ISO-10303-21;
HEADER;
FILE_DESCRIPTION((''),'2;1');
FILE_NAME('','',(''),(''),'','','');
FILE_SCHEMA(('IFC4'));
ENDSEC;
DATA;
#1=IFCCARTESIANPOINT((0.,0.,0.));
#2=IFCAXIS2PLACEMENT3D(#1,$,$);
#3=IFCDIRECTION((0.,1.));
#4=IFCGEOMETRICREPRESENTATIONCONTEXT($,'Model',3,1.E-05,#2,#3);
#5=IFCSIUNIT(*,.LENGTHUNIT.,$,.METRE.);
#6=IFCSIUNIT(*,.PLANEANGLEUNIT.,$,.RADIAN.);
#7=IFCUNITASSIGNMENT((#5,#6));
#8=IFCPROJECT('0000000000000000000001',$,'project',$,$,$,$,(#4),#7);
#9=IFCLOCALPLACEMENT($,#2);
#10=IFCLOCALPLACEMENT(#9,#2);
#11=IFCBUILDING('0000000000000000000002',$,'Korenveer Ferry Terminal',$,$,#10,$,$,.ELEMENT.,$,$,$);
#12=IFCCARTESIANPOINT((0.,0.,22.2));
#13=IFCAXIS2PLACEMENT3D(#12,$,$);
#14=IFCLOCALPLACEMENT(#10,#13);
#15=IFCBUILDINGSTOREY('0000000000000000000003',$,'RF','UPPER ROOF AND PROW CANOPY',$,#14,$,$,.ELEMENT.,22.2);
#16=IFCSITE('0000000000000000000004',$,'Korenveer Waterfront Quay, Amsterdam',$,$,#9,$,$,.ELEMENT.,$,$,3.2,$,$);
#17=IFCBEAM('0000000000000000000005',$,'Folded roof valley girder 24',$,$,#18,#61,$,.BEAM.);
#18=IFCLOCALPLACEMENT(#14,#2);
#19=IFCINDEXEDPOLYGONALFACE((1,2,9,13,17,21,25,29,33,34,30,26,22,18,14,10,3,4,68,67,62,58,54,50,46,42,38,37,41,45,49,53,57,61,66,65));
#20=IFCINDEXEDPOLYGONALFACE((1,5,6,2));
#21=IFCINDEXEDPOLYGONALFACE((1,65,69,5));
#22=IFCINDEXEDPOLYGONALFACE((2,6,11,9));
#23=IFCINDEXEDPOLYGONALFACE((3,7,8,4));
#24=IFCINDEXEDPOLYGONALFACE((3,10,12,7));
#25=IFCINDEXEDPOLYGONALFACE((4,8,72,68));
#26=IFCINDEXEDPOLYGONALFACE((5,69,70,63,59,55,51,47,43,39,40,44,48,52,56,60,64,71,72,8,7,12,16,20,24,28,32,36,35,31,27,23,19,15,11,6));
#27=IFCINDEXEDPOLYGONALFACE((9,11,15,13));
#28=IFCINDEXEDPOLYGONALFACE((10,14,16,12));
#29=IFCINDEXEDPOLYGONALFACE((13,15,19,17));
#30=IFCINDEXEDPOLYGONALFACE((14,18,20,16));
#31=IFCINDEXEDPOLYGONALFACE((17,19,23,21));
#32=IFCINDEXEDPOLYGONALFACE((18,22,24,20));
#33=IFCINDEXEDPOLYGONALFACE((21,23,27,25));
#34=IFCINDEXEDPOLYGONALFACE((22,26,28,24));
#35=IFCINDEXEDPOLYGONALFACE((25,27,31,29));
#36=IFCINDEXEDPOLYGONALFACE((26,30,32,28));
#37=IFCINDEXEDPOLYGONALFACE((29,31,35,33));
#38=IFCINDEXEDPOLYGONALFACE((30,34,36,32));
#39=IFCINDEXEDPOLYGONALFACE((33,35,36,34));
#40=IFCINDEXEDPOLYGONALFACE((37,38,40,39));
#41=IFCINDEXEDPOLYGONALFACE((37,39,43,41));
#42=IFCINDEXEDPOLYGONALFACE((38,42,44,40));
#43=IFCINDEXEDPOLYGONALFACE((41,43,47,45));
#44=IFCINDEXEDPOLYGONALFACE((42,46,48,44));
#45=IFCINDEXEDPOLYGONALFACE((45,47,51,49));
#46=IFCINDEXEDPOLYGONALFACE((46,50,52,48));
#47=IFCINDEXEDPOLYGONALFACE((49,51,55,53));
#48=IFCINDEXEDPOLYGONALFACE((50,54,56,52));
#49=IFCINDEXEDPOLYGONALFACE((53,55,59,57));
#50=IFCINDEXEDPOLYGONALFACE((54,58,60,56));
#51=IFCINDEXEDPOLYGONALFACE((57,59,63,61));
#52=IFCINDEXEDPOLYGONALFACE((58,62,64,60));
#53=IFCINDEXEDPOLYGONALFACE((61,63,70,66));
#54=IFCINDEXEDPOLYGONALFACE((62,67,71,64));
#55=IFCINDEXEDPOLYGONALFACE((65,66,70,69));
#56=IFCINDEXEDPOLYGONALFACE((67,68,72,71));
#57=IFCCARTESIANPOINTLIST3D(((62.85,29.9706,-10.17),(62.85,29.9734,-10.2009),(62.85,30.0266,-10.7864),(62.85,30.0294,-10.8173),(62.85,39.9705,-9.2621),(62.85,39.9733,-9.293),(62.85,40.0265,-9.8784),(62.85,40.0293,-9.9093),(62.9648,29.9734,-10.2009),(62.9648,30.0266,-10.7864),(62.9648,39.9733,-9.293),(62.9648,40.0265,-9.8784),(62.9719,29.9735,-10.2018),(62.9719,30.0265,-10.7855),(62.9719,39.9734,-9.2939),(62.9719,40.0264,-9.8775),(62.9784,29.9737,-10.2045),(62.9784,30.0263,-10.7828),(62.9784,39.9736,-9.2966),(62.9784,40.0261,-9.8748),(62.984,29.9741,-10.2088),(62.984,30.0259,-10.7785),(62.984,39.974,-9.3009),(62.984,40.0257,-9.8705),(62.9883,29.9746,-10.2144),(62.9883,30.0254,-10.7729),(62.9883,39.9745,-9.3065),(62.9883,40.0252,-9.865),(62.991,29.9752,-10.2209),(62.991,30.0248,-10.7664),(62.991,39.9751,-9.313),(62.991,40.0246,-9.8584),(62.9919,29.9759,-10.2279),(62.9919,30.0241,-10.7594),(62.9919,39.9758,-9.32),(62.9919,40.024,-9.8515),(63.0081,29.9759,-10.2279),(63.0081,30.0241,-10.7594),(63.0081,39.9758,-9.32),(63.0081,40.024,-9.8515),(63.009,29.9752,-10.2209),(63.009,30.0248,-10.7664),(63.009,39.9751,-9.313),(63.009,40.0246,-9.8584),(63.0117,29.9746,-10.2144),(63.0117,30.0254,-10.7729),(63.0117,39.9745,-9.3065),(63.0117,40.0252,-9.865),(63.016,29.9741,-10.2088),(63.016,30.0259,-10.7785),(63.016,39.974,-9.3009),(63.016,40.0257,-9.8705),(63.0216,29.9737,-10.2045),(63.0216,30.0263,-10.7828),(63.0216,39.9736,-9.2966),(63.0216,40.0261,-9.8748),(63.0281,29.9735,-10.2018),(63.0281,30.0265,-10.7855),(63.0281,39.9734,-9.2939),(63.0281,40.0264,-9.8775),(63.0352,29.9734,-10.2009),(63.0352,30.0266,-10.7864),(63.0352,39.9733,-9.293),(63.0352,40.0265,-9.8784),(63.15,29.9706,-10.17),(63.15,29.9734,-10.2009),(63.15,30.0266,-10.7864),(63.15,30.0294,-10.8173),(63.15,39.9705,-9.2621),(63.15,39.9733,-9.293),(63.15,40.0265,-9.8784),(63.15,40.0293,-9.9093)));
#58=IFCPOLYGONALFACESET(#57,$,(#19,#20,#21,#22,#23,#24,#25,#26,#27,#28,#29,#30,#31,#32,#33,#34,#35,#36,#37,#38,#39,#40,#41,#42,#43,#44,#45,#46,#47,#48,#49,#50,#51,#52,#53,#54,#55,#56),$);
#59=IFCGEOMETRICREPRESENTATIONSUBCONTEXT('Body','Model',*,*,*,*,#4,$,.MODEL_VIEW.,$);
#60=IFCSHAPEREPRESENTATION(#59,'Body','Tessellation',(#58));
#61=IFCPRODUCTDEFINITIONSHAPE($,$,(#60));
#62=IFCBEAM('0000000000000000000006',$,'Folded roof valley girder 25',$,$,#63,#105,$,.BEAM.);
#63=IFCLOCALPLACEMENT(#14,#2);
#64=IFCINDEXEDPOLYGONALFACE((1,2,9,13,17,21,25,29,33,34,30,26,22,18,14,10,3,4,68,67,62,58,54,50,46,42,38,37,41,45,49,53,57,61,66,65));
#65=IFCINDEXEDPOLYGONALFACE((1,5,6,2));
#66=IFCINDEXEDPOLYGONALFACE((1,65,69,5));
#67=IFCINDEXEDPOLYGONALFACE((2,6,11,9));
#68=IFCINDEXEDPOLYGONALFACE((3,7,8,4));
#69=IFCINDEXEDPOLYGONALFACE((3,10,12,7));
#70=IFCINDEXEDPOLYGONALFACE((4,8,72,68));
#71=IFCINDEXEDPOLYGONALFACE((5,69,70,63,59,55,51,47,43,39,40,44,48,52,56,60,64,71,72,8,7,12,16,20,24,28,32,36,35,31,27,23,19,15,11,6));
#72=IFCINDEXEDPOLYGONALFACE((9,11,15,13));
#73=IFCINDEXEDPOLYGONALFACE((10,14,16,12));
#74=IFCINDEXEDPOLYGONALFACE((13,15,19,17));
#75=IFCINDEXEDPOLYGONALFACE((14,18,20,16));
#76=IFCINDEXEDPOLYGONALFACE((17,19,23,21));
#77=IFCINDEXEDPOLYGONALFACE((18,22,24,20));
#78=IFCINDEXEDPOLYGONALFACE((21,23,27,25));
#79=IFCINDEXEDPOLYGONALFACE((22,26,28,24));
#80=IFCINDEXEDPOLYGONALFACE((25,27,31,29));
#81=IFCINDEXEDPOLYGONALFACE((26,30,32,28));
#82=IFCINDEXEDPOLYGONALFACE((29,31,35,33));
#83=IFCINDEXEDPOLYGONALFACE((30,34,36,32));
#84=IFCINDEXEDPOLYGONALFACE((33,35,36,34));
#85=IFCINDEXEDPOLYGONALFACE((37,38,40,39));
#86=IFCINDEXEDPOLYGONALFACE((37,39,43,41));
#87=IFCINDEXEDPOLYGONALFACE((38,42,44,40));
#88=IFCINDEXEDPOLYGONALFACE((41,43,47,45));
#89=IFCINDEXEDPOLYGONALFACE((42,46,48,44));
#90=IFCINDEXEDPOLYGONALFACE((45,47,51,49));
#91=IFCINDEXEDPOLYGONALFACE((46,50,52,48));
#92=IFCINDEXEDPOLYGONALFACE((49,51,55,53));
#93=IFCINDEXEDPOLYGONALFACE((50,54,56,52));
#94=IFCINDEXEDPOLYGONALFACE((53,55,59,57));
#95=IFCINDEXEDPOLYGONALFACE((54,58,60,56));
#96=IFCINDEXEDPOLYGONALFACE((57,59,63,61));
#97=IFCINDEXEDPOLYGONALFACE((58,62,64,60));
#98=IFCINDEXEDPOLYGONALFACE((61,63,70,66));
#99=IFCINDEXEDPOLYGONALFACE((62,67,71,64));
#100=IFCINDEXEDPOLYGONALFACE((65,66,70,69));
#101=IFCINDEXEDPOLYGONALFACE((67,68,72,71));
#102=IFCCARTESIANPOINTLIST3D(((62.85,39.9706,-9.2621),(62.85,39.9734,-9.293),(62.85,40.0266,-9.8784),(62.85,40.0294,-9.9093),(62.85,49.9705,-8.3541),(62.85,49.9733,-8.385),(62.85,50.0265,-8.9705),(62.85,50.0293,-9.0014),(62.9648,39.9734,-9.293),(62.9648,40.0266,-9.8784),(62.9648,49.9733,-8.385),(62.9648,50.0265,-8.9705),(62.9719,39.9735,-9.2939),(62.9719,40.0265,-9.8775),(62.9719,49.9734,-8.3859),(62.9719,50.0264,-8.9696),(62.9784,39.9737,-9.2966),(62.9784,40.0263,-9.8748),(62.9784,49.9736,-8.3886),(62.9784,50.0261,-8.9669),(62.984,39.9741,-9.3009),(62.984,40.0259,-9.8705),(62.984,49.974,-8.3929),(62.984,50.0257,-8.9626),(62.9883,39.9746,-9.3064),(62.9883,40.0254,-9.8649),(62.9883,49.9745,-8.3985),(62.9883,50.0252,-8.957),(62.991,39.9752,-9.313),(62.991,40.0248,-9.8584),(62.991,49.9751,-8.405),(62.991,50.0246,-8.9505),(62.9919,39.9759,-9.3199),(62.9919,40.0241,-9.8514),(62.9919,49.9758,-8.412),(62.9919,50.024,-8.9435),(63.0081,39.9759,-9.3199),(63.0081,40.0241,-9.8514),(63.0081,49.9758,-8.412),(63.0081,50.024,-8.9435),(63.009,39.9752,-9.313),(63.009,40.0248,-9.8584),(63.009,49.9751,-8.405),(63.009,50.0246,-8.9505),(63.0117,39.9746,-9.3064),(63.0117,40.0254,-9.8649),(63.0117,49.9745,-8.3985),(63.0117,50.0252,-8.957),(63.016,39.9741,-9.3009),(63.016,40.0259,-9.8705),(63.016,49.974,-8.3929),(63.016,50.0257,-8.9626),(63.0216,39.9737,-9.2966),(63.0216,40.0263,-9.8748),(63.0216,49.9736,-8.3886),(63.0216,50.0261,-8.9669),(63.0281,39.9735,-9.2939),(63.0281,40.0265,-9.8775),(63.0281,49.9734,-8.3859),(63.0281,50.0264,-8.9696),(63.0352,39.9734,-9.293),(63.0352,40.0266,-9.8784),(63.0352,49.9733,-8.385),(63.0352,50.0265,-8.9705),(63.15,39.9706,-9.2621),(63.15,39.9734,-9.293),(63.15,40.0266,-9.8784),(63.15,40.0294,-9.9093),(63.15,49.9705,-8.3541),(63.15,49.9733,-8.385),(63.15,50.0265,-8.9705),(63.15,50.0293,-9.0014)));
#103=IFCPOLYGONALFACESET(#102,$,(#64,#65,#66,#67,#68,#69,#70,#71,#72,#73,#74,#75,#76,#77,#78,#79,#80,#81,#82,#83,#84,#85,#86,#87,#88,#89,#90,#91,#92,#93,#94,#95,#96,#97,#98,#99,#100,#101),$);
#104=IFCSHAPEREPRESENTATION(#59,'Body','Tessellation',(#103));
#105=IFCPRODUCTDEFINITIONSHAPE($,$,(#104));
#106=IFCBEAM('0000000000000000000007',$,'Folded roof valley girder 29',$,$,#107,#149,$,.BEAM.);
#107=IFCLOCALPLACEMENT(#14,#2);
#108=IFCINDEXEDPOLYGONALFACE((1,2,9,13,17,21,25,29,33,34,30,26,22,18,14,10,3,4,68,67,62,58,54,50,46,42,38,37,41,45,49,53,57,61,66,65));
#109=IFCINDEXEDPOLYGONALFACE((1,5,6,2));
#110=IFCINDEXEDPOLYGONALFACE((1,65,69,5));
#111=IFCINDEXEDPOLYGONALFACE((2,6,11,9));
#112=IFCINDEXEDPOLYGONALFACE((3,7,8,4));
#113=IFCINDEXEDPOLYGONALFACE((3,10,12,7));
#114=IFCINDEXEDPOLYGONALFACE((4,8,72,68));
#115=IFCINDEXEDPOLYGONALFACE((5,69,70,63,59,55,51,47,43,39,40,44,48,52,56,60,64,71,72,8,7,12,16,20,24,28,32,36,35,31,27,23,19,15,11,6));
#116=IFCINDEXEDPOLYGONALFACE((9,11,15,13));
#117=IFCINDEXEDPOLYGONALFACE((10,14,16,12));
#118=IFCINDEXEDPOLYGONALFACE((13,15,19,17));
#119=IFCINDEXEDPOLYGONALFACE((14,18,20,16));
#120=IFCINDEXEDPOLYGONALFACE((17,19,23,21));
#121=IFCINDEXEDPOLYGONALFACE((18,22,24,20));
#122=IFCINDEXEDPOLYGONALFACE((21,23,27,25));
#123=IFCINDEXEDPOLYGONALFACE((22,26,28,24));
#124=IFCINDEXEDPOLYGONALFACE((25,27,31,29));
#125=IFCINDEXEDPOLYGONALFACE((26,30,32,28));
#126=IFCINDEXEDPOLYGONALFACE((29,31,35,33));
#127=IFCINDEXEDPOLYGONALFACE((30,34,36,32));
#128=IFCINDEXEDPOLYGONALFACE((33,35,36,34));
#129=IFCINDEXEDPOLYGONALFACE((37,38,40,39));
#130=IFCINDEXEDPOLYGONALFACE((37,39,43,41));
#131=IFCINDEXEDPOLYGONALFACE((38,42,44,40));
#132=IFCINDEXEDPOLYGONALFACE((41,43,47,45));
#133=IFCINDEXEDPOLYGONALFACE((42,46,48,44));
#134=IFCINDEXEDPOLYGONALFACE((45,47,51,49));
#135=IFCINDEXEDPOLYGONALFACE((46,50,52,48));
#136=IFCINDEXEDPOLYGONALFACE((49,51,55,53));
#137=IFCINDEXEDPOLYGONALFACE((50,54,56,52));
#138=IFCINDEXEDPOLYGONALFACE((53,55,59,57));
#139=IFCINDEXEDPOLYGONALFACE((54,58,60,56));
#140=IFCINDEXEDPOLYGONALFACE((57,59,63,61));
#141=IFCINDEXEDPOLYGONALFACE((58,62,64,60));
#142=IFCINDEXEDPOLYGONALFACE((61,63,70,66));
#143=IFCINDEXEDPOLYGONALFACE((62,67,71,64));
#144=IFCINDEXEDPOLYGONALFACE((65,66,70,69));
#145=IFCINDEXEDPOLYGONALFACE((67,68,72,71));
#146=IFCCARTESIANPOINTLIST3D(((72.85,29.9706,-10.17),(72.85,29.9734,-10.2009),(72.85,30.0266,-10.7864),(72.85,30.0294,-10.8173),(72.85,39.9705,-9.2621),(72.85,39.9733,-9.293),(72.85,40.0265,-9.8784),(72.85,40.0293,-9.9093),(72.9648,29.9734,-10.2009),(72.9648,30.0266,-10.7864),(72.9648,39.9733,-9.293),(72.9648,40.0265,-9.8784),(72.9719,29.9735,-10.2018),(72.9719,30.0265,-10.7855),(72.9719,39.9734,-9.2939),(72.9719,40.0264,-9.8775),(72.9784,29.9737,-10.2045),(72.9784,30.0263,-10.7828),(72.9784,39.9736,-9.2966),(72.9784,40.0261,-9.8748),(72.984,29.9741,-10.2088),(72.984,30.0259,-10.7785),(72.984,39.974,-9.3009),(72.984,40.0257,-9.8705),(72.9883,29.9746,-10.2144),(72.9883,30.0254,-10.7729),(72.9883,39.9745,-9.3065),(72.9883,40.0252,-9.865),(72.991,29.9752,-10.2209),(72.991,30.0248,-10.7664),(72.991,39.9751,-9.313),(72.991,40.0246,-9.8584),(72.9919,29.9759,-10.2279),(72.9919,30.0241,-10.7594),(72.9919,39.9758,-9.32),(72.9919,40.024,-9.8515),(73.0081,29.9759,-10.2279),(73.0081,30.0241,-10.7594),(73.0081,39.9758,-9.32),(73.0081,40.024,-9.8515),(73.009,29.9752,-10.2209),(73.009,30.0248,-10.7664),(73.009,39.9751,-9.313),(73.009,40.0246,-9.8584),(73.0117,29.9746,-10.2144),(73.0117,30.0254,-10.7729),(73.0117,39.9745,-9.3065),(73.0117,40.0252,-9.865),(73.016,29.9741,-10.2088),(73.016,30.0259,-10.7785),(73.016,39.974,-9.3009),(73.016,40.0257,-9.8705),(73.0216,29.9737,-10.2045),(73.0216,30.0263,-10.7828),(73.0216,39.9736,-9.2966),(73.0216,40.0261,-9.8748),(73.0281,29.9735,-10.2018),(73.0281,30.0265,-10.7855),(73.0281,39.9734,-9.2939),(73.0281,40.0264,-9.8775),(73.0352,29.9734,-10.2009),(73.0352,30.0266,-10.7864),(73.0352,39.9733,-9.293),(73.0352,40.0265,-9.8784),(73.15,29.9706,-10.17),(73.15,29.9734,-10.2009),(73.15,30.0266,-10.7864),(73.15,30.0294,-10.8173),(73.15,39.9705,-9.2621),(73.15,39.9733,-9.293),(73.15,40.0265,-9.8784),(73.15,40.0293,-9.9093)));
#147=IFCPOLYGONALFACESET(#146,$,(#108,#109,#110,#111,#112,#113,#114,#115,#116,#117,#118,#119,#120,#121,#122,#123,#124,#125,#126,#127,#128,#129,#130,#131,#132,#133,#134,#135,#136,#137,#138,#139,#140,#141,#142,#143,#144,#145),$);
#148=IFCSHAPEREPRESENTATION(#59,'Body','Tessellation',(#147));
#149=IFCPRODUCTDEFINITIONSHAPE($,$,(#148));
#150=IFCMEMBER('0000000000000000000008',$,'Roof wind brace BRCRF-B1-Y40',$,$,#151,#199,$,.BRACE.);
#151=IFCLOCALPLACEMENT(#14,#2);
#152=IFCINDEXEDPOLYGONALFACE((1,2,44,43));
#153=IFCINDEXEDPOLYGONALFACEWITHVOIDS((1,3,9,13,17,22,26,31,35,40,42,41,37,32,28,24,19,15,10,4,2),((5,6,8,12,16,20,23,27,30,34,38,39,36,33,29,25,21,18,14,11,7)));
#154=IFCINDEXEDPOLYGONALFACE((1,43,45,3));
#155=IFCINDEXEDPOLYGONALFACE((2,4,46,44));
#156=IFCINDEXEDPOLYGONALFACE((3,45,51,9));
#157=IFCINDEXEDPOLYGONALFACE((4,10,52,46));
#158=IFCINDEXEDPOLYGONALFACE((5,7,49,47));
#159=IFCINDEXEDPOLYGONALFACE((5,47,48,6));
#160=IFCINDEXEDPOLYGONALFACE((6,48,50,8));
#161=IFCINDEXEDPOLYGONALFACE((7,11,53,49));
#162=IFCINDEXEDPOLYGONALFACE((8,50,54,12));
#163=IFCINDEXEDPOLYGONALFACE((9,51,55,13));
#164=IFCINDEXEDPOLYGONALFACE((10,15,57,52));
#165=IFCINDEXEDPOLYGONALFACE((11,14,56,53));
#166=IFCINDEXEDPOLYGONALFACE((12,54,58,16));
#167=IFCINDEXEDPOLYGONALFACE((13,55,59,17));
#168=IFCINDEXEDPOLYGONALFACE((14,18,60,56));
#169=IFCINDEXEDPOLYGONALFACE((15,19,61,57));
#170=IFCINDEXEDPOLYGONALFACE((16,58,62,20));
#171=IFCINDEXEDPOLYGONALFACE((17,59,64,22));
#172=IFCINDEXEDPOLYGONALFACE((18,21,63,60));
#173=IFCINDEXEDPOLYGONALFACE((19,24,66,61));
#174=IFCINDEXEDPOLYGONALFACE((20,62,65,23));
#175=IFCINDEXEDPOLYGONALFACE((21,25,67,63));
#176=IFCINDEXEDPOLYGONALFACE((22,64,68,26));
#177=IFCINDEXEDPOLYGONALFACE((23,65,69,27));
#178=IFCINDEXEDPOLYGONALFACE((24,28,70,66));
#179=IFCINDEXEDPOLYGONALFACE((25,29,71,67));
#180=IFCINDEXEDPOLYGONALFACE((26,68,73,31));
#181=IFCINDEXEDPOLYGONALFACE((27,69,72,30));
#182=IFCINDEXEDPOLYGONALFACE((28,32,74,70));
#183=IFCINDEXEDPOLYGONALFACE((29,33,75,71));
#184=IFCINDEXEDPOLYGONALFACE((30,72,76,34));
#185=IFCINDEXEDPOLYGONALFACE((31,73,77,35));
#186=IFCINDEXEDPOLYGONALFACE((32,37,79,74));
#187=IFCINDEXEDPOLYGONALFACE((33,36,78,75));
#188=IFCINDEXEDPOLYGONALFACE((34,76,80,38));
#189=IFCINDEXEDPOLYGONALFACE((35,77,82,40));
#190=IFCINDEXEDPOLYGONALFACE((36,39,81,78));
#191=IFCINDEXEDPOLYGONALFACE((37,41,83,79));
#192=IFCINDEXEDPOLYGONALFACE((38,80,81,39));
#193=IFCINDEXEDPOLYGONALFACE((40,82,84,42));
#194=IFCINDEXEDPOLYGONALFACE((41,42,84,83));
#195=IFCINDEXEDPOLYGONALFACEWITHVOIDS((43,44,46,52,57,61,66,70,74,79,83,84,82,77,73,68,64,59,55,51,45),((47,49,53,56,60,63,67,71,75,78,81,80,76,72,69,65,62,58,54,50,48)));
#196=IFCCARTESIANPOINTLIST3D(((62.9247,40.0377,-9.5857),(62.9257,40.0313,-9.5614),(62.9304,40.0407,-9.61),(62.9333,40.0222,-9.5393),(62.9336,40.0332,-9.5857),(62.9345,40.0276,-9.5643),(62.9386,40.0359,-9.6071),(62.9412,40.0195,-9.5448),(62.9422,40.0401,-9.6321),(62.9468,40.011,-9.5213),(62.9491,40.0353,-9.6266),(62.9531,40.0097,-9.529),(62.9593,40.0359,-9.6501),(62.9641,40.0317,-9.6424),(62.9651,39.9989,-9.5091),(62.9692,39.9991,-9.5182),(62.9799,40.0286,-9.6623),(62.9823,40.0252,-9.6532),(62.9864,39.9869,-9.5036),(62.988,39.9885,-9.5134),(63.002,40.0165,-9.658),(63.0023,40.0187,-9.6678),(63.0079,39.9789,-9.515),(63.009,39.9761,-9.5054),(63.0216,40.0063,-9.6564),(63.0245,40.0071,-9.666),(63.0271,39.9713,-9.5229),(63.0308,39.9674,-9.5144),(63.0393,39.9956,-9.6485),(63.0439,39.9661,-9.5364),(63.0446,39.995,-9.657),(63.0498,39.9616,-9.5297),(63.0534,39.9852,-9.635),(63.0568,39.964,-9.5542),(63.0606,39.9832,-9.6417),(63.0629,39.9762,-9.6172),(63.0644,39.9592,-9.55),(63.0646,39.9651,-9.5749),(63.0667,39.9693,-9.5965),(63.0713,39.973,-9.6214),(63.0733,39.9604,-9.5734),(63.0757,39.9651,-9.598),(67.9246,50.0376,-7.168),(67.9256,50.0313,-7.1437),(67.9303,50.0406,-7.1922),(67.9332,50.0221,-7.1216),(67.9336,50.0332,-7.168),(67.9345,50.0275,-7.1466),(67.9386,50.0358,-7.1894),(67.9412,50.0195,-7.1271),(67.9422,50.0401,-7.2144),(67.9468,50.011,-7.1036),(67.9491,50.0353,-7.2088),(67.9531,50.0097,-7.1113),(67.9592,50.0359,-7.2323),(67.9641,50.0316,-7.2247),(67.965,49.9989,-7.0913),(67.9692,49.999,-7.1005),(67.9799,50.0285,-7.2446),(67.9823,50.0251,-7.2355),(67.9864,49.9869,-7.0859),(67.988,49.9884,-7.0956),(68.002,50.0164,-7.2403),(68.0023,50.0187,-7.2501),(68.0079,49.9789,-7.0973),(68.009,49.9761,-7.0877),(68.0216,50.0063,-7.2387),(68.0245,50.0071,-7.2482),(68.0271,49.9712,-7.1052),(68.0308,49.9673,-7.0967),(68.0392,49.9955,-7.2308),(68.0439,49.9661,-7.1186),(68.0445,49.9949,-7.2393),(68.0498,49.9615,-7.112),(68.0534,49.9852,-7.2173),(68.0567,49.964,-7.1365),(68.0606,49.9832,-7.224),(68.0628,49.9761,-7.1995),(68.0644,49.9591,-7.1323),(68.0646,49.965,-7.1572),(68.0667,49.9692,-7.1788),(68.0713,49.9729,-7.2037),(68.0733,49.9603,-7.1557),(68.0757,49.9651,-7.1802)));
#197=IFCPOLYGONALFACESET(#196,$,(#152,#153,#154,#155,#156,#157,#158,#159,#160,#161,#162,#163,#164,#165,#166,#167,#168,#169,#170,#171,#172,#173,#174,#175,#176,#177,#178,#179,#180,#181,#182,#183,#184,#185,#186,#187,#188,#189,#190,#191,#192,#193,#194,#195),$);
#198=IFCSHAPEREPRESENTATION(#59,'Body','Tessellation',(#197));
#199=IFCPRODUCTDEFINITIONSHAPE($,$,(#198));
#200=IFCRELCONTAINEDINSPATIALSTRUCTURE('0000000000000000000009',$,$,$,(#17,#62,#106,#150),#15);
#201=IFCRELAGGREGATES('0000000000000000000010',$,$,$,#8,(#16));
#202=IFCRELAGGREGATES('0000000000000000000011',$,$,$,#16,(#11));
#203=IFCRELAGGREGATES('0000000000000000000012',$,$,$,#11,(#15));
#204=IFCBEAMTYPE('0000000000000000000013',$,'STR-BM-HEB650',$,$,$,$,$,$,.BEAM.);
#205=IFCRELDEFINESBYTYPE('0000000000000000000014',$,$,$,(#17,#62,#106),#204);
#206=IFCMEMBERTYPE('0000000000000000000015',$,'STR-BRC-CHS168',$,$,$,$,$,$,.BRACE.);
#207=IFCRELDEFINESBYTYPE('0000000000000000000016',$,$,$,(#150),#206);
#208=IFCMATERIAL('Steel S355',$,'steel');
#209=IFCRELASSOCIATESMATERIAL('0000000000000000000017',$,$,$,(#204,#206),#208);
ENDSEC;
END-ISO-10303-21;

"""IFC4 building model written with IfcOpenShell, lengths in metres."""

from ifc_helpers import new_model, si_unit, direction, frame, origin, origin_2d, place, context, subcontext, project, spatial, hollow_circle, i_section, extrude, material, material_profile, profile_set, type_object, element, save


model = new_model("IFC4")

# Units and contexts
model_context = context("Model", 3, precision=1e-05, world=origin(), true_north=direction((0.0, 1.0)))
body_context = subcontext(model_context, "Body", "Model", "MODEL_VIEW")
ifc_project = project(units=[si_unit("LENGTHUNIT", "METRE"), si_unit("PLANEANGLEUNIT", "RADIAN")], contexts=[model_context])

# Site, building, storey
site_placement = place(None, origin())
site = spatial("IfcSite", under=ifc_project, at=site_placement, Name="Korenveer Waterfront Quay, Amsterdam", CompositionType="ELEMENT", RefElevation=3.2)
building_placement = place(site_placement, origin())
building = spatial("IfcBuilding", under=site, at=building_placement, Name="Korenveer Ferry Terminal", CompositionType="ELEMENT")
storey_placement = place(building_placement, frame((0.0, 0.0, 22.2)))
storey = spatial("IfcBuildingStorey", under=building, at=storey_placement, Name="RF", Description="UPPER ROOF AND PROW CANOPY", CompositionType="ELEMENT", Elevation=22.2)

# Beams
ifc_material_1 = material(Name="Steel S355", Category="steel")
ifc_material_profile_1 = material_profile(ifc_material_1, i_section(OverallWidth=0.3, OverallDepth=0.6499, WebThickness=0.0161, FlangeThickness=0.031, FilletRadius=0.0271, at=origin_2d()), Name="HEB 650")
ifc_profile_set_1 = profile_set([ifc_material_profile_1], Name="Steel S355")
beam_type_1 = type_object("IfcBeamType", Name="STR-BM-HEB650", PredefinedType="BEAM", material=ifc_profile_set_1)
for number, where, z_axis, x_axis, name in (
    (1, (63.0, 30.0, -10.4937), (0.0, 0.995903, 0.090424), (-1.0, 0.0, 0.0), "Folded roof valley girder 24"),
    (2, (63.0, 40.0, -9.5857), (0.0, 0.995903, 0.090424), (-1.0, 0.0, 0.0), "Folded roof valley girder 25"),
    (3, (73.0, 30.0, -10.4937), (0.0, 0.995903, 0.090424), (-1.0, 0.0, 0.0), "Folded roof valley girder 29"),
):
    element("IfcBeam", number, at=place(storey_placement, frame(where, z_axis=z_axis, x_axis=x_axis)), inside=storey, type_object=beam_type_1, Name=name, PredefinedType="BEAM", context=body_context, shape_type="SweptSolid", body=[
        extrude(i_section(OverallWidth=0.3, OverallDepth=0.6499, WebThickness=0.0161, FlangeThickness=0.031, FilletRadius=0.0271, at=origin_2d()), origin(), (0.0, 0.0, 1.0), 10.041),
    ])

# Member
ifc_material_profile_2 = material_profile(ifc_material_1, hollow_circle(Radius=0.0842, WallThickness=0.01, at=origin_2d()), Name="CHS 168.3x10")
ifc_profile_set_2 = profile_set([ifc_material_profile_2], Name="Steel S355")
member_type_1 = type_object("IfcMemberType", Name="STR-BRC-CHS168", PredefinedType="BRACE", material=ifc_profile_set_2)
member_1_placement = place(storey_placement, frame((63.0, 40.0, -9.5857), z_axis=(0.43711, 0.87422, 0.211362), x_axis=(-0.894427, 0.447214, 0.0)))
element("IfcMember", 4, at=member_1_placement, inside=storey, type_object=member_type_1, Name="Roof wind brace BRCRF-B1-Y40", PredefinedType="BRACE", context=body_context, shape_type="SweptSolid", body=[
    extrude(hollow_circle(Radius=0.0842, WallThickness=0.01, at=origin_2d()), origin(), (0.0, 0.0, 1.0), 11.4387),
])

save(model, "model.ifc")
